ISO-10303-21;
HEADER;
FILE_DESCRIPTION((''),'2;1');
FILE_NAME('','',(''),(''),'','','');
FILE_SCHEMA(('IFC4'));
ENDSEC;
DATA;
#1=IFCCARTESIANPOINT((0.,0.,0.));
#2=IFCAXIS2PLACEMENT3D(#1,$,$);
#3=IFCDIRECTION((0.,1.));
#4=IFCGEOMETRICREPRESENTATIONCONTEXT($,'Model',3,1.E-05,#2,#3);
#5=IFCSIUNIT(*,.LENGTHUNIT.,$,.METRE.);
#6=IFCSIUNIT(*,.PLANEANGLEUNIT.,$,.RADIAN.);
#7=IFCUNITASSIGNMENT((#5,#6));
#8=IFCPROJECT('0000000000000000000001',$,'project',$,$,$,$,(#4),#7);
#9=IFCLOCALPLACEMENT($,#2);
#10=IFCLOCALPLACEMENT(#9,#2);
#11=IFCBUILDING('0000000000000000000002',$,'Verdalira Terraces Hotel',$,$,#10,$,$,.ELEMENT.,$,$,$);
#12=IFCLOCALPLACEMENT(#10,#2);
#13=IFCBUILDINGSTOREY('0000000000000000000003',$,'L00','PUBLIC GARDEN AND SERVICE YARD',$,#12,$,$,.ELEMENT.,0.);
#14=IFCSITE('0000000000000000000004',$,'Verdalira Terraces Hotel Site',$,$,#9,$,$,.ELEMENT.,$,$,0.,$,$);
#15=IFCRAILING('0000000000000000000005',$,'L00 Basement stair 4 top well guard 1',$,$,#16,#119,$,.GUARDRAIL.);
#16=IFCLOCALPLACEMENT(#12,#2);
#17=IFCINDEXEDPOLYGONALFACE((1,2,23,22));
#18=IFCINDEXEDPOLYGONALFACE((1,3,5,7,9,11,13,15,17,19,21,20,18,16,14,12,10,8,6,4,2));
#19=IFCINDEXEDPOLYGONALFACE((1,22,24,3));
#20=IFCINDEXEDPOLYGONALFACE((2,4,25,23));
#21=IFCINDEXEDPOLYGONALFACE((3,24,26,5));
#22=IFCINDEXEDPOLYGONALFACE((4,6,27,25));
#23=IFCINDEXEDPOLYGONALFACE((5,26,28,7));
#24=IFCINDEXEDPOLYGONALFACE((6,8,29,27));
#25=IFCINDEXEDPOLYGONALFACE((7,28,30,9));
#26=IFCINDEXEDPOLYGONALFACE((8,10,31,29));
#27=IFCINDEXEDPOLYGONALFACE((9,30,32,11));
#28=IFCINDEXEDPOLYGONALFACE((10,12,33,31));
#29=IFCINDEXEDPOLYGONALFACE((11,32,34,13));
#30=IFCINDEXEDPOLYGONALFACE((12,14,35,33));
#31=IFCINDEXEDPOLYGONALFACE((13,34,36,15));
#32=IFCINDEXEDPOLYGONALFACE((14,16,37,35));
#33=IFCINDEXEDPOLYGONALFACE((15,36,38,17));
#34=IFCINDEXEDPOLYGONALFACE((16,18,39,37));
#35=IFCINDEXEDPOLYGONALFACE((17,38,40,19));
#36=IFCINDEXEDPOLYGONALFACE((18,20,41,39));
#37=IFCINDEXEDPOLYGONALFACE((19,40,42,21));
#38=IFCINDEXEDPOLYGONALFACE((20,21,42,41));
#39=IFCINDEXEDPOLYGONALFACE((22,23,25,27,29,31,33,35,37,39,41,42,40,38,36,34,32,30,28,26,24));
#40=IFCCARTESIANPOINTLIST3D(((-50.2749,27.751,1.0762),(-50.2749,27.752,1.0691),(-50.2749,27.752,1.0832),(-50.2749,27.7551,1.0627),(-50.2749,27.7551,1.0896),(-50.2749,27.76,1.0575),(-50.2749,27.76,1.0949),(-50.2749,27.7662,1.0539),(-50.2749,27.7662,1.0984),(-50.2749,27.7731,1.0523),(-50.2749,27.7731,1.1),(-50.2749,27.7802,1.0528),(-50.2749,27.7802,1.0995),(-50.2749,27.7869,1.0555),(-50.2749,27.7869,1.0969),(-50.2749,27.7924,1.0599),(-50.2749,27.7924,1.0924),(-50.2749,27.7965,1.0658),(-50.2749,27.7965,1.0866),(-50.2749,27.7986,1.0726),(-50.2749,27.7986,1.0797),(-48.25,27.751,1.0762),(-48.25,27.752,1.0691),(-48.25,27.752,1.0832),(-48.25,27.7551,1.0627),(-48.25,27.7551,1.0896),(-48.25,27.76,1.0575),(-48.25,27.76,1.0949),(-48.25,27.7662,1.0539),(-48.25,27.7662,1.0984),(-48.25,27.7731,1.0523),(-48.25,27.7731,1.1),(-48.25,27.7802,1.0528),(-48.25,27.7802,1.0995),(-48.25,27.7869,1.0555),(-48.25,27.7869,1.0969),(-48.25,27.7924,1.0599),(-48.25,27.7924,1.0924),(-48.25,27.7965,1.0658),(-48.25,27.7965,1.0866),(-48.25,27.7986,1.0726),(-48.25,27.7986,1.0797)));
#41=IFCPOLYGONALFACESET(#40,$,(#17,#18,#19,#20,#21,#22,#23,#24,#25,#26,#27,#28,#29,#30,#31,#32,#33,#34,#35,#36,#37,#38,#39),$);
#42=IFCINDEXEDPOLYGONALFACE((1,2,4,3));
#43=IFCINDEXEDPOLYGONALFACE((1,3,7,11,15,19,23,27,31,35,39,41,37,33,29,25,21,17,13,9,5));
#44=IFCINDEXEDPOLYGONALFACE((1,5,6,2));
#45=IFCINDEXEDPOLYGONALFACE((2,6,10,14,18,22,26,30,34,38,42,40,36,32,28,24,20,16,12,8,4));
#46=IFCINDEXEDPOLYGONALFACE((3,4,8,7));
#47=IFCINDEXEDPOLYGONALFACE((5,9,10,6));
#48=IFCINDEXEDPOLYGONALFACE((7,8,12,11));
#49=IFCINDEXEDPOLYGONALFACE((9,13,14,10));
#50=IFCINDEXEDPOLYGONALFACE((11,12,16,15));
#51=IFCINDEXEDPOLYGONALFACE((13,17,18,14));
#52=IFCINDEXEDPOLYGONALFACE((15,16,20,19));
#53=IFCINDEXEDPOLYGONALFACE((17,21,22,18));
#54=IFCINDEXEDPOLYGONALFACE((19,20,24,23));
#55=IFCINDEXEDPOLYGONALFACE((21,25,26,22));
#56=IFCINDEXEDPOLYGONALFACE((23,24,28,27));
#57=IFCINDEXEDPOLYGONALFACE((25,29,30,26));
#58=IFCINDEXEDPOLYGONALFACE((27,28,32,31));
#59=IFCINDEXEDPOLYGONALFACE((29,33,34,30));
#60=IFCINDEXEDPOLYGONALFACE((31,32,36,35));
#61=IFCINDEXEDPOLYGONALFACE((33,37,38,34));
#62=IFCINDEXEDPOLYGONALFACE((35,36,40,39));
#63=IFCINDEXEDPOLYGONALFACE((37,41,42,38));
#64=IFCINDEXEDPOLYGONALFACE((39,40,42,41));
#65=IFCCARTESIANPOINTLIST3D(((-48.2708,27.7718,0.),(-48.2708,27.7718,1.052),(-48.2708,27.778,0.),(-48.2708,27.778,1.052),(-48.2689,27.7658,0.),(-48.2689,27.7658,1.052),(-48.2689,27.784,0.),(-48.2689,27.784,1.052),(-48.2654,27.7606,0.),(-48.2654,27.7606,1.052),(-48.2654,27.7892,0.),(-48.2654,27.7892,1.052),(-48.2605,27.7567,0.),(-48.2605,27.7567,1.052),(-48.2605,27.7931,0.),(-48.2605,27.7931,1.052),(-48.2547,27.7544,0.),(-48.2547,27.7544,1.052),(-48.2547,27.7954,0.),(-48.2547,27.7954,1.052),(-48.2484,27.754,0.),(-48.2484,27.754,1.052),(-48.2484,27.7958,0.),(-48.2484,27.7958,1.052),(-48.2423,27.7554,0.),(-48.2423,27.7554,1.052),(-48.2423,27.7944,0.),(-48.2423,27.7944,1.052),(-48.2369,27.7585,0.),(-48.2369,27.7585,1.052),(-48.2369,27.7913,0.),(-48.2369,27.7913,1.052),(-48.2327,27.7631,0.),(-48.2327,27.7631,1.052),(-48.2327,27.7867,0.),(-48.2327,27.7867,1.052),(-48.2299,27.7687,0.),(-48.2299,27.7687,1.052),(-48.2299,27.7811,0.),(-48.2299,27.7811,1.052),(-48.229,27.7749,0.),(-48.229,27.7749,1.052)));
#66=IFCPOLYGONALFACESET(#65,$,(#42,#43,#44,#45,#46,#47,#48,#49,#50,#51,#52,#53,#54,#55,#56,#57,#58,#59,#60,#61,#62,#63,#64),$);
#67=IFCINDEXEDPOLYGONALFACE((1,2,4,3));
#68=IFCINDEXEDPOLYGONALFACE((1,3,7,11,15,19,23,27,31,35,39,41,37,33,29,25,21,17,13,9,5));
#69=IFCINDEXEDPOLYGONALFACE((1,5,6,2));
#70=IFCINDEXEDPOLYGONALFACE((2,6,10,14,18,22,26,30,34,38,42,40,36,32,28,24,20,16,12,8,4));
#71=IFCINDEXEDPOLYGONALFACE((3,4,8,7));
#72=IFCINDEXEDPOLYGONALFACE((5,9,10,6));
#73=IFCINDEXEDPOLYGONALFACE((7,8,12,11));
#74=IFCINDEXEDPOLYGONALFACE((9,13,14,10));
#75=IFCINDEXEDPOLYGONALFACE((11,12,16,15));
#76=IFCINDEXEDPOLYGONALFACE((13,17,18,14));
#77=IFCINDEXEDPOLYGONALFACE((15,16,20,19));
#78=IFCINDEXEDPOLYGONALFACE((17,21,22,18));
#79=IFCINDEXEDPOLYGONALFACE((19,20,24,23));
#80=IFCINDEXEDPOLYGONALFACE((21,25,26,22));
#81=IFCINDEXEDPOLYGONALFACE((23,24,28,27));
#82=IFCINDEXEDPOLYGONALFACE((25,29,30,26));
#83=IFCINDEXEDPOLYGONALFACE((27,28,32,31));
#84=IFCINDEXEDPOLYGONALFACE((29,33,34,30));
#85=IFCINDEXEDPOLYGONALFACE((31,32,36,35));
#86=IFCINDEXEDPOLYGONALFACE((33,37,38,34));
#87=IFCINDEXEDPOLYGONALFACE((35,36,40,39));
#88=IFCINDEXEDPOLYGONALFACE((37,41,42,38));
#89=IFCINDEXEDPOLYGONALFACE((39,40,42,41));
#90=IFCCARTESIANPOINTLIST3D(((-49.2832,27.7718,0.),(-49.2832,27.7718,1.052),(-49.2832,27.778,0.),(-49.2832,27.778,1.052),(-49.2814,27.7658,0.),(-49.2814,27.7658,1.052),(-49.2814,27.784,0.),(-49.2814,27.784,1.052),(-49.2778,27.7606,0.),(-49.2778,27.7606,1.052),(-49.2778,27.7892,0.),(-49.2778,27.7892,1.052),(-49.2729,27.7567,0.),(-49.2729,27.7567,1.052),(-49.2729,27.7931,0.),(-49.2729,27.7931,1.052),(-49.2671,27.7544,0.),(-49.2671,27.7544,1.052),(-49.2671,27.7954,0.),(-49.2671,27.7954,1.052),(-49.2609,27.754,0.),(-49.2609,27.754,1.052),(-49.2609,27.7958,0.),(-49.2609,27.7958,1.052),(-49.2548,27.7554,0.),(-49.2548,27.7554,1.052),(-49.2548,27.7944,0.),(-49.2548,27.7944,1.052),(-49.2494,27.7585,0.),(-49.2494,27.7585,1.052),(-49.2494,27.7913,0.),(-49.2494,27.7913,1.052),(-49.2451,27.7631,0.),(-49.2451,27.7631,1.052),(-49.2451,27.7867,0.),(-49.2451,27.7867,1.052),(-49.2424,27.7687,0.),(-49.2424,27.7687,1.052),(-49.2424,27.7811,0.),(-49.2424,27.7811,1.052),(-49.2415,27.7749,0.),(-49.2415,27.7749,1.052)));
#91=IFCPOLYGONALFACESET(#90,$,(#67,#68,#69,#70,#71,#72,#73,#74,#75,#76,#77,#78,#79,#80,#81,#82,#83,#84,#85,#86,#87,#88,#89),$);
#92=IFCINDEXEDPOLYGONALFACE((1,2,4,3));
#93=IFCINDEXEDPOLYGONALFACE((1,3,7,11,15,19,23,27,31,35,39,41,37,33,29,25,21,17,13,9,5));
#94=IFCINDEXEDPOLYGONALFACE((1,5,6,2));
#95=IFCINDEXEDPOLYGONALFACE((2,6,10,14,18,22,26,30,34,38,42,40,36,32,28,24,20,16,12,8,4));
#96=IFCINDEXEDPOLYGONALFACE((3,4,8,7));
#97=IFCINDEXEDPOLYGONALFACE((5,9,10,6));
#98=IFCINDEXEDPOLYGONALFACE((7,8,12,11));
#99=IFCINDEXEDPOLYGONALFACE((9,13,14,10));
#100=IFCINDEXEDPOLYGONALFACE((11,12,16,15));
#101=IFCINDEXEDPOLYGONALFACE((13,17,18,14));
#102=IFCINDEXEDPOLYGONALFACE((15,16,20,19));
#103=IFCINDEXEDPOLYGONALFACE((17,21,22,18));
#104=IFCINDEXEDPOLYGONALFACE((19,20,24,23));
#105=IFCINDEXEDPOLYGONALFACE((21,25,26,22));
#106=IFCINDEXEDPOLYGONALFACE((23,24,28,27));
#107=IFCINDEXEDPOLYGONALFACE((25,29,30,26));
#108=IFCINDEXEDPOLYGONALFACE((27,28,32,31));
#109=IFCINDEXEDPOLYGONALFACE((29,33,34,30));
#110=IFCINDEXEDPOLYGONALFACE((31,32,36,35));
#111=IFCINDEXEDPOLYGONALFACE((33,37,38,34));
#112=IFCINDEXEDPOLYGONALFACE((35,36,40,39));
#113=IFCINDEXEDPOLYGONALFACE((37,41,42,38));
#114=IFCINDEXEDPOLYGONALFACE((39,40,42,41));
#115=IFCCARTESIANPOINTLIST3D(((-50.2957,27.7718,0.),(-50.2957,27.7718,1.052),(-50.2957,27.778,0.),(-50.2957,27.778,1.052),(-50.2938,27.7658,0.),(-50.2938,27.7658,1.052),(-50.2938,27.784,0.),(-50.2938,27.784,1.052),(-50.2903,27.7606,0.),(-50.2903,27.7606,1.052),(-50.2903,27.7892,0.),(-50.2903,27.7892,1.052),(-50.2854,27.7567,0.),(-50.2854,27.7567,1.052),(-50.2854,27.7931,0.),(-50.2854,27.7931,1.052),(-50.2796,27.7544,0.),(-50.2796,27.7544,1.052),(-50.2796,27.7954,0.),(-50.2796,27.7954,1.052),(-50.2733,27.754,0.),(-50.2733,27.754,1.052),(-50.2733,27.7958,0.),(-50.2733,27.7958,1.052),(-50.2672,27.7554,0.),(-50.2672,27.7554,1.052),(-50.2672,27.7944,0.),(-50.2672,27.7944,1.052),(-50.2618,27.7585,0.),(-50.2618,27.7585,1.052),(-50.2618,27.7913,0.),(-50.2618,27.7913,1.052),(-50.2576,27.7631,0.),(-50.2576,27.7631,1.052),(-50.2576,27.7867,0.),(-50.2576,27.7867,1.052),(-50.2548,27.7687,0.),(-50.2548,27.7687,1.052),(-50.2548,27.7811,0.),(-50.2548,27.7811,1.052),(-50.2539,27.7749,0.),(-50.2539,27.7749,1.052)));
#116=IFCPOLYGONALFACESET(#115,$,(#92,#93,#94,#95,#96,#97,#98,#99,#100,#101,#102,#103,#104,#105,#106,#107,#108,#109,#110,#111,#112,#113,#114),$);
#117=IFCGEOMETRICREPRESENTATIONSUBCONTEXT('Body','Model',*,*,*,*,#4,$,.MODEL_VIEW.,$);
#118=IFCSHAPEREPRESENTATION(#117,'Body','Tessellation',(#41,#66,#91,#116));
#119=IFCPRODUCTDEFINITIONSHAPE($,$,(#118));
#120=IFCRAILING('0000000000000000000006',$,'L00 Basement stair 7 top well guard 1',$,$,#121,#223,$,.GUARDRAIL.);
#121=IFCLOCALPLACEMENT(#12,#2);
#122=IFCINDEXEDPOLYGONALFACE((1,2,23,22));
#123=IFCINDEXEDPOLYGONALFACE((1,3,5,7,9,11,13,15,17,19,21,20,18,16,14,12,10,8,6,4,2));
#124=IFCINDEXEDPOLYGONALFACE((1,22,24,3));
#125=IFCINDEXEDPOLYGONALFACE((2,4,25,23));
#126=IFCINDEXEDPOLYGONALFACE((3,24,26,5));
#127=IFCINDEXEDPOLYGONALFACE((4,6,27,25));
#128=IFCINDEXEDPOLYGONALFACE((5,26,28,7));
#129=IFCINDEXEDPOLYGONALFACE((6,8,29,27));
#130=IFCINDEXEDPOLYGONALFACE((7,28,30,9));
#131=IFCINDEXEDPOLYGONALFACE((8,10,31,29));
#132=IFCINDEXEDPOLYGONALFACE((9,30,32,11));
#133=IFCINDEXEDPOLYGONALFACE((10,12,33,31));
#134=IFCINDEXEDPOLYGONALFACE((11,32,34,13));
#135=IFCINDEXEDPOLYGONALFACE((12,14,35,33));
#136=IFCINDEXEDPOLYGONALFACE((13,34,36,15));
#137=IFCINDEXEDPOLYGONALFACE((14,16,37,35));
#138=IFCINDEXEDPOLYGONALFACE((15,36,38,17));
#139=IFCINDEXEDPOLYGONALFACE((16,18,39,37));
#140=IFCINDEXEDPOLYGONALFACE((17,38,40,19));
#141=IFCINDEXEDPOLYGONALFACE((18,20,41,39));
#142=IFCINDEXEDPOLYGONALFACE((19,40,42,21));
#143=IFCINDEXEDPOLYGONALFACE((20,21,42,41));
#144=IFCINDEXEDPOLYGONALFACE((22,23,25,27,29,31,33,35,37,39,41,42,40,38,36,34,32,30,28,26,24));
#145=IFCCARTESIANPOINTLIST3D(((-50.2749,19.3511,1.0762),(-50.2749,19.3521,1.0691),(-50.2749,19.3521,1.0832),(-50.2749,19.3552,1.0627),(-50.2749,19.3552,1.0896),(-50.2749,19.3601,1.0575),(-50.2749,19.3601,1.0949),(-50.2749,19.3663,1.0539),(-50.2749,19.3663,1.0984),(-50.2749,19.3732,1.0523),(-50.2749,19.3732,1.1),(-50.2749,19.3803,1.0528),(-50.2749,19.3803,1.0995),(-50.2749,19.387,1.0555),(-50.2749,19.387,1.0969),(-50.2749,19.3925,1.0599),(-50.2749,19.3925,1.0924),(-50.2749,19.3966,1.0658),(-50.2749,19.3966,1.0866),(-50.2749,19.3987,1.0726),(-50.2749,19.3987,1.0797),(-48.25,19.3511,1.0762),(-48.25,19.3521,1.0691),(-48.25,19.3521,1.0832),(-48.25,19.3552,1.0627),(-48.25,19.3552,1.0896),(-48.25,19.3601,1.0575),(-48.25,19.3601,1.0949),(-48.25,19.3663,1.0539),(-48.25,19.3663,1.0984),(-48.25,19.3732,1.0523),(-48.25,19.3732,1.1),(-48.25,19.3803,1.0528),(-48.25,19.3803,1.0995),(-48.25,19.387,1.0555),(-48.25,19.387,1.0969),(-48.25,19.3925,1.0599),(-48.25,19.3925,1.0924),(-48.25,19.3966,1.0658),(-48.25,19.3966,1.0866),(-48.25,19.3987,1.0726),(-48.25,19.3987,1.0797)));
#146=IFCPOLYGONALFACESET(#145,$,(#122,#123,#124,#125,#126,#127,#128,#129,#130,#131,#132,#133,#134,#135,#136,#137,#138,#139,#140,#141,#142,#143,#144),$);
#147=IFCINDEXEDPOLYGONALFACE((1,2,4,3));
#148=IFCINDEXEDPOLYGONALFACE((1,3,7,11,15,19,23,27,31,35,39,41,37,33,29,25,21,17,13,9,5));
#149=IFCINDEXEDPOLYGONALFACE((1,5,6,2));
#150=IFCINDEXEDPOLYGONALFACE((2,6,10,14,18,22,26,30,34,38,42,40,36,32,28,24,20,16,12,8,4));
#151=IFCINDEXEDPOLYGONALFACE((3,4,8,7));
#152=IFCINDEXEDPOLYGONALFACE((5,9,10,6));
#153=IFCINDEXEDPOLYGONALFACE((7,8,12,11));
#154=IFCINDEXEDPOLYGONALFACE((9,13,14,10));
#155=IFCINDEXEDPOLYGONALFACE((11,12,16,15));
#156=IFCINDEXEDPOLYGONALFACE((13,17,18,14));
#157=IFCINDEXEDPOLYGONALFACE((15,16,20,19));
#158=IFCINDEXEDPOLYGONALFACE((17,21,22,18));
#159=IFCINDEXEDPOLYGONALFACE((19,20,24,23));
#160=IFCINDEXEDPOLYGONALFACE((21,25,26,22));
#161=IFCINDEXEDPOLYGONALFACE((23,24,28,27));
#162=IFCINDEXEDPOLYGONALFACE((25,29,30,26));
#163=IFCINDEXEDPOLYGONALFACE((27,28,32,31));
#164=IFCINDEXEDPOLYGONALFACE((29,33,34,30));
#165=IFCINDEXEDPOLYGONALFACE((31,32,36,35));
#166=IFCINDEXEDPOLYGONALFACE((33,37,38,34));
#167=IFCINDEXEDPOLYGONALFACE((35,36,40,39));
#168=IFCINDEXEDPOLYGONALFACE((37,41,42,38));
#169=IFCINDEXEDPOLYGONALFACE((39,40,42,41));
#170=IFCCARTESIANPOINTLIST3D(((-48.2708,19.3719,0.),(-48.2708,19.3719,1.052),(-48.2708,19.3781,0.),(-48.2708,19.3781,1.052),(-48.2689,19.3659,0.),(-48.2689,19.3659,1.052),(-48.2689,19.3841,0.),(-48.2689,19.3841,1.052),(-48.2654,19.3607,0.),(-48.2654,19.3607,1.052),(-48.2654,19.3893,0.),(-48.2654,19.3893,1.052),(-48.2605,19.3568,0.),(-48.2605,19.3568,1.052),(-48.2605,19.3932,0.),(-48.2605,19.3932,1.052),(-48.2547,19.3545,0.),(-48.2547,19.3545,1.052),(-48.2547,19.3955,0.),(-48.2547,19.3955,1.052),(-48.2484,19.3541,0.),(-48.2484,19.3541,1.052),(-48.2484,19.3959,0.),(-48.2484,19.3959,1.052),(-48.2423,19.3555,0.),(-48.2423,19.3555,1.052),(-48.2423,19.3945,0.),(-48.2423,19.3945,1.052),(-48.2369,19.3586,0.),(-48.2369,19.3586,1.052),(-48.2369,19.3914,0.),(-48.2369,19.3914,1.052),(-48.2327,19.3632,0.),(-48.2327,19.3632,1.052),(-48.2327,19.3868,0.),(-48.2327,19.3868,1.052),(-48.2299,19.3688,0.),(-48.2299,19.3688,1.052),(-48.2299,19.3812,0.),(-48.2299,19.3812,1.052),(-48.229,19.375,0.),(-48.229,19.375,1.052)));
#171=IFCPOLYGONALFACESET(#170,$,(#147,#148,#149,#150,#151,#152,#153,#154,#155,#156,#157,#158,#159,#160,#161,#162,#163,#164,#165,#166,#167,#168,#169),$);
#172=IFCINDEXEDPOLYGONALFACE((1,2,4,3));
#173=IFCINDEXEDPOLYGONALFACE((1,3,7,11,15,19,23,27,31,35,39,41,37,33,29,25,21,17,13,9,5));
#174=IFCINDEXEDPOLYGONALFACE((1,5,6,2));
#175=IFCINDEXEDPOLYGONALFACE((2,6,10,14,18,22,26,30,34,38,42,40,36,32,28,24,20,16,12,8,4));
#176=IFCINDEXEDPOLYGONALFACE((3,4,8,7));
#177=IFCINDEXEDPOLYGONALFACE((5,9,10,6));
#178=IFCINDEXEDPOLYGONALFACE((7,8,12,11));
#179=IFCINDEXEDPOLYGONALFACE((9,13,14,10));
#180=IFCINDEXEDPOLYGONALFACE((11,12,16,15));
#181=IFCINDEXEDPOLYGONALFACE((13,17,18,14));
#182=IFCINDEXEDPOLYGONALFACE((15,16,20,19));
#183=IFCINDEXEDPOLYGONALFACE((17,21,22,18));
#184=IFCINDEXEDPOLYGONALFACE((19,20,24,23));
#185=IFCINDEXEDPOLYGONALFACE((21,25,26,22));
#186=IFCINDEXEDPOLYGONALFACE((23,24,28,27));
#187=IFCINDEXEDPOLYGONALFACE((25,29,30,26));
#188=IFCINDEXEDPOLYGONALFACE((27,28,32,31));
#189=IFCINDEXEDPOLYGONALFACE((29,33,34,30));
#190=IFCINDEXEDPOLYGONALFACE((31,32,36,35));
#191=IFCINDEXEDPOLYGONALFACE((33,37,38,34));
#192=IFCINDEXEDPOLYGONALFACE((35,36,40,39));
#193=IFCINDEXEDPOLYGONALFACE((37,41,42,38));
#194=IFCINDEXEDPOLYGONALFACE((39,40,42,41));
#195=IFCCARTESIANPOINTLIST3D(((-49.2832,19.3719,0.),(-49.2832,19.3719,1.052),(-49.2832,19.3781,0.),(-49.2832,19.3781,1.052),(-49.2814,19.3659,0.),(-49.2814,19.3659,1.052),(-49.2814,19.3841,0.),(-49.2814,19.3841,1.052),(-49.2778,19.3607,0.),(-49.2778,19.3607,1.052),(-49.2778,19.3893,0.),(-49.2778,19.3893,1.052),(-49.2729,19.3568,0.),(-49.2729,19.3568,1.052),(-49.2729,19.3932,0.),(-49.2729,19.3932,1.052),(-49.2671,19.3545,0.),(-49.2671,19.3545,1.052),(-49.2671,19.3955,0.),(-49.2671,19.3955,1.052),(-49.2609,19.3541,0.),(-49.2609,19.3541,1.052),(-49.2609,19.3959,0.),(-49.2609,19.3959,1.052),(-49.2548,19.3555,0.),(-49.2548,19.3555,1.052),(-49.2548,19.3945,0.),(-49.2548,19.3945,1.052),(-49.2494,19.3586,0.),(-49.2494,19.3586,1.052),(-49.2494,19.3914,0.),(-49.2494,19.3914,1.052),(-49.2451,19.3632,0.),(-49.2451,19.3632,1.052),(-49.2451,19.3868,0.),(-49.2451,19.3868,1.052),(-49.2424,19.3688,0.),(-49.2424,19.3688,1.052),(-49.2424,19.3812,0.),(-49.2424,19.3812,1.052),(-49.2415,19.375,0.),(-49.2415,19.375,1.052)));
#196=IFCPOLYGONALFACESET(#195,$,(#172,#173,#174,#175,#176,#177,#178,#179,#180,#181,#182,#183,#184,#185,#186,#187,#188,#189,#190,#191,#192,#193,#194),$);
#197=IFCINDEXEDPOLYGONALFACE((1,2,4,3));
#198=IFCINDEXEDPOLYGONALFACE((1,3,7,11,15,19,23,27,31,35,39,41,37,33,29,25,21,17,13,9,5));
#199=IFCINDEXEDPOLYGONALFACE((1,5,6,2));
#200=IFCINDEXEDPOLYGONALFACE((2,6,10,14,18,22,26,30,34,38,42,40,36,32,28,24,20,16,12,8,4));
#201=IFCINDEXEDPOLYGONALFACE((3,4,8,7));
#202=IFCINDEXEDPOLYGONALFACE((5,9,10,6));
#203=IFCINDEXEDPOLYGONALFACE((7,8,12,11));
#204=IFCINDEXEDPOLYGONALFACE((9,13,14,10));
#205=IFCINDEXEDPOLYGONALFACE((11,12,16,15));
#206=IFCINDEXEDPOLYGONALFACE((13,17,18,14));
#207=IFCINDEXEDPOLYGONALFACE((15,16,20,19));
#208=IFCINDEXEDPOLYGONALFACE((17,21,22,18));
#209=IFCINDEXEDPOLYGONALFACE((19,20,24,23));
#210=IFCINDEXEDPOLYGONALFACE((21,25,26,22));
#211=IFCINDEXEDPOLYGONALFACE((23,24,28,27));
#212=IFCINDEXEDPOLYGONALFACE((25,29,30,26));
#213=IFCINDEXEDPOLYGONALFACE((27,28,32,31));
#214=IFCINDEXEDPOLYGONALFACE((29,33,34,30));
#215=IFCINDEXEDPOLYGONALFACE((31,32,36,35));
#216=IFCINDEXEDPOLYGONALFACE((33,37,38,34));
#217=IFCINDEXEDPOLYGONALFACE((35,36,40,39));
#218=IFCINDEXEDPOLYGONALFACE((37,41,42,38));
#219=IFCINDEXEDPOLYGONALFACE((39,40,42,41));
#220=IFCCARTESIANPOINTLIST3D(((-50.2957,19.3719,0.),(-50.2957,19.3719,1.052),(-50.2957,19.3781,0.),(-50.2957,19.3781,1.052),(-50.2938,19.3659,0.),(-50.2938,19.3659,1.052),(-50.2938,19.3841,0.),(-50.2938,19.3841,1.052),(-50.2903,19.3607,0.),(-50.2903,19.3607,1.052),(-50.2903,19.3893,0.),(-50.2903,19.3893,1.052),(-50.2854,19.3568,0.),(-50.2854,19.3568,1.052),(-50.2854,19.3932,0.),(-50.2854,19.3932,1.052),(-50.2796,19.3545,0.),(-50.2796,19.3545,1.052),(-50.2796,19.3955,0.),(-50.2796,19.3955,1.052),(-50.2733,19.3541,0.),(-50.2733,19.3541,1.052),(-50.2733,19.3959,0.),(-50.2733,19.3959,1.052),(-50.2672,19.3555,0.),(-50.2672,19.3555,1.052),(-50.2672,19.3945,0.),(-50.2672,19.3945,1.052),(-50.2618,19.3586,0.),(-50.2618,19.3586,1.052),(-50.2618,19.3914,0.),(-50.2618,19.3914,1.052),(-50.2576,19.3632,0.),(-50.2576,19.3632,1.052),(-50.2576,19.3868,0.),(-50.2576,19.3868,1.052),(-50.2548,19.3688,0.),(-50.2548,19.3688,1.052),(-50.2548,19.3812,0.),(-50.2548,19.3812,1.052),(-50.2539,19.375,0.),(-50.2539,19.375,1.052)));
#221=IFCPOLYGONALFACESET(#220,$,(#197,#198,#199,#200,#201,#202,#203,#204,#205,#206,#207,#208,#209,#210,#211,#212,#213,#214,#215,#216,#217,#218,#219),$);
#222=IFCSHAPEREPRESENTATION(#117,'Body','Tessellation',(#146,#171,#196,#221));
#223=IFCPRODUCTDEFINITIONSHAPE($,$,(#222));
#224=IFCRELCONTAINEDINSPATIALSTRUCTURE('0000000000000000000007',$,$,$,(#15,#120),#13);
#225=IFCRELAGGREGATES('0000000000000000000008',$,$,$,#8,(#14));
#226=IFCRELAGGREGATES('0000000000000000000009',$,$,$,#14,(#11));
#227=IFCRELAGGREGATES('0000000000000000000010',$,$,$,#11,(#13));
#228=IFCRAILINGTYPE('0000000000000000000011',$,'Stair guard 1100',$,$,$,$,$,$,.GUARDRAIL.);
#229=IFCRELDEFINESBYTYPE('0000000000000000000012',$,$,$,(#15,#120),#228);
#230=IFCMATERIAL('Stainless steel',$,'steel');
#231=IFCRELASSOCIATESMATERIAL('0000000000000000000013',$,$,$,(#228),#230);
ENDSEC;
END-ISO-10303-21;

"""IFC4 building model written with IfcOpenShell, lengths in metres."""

from ifc_helpers import new_model, si_unit, direction, frame, origin, origin_2d, place, context, subcontext, project, spatial, circle, extrude, material, type_object, element, save


model = new_model("IFC4")

# Units and contexts
model_context = context("Model", 3, precision=1e-05, world=origin(), true_north=direction((0.0, 1.0)))
body_context = subcontext(model_context, "Body", "Model", "MODEL_VIEW")
ifc_project = project(units=[si_unit("LENGTHUNIT", "METRE"), si_unit("PLANEANGLEUNIT", "RADIAN")], contexts=[model_context])

# Site, building, storey
site_placement = place(None, origin())
site = spatial("IfcSite", under=ifc_project, at=site_placement, Name="Verdalira Terraces Hotel Site", CompositionType="ELEMENT", RefElevation=0.0)
building_placement = place(site_placement, origin())
building = spatial("IfcBuilding", under=site, at=building_placement, Name="Verdalira Terraces Hotel", CompositionType="ELEMENT")
storey_placement = place(building_placement, origin())
storey = spatial("IfcBuildingStorey", under=building, at=storey_placement, Name="L00", Description="PUBLIC GARDEN AND SERVICE YARD", CompositionType="ELEMENT", Elevation=0.0)

# Railings
ifc_material_1 = material(Name="Stainless steel", Category="steel")
railing_type = type_object("IfcRailingType", Name="Stair guard 1100", PredefinedType="GUARDRAIL", material=ifc_material_1)
for number, where, name in (
    (1, (-48.25, 27.7749, 0.0), "L00 Basement stair 4 top well guard 1"),
    (2, (-48.25, 19.375, 0.0), "L00 Basement stair 7 top well guard 1"),
):
    element("IfcRailing", number, at=place(storey_placement, frame(where)), inside=storey, type_object=railing_type, Name=name, PredefinedType="GUARDRAIL", context=body_context, shape_type="SweptSolid", body=[
        extrude(circle(Radius=0.0239, at=origin_2d()), frame((0.0, 0.0, 1.0762), z_axis=(-1.0, 0.0, 0.0), x_axis=(0.0, -1.0, 0.0)), (0.0, 0.0, 1.0), 2.0249),
        extrude(circle(Radius=0.021, at=origin_2d()), origin(), (0.0, 0.0, 1.0), 1.052),
        extrude(circle(Radius=0.021, at=origin_2d()), frame((-1.0125, 0.0, 0.0)), (0.0, 0.0, 1.0), 1.052),
        extrude(circle(Radius=0.021, at=origin_2d()), frame((-2.0249, 0.0, 0.0)), (0.0, 0.0, 1.0), 1.052),
    ])

save(model, "model.ifc")
